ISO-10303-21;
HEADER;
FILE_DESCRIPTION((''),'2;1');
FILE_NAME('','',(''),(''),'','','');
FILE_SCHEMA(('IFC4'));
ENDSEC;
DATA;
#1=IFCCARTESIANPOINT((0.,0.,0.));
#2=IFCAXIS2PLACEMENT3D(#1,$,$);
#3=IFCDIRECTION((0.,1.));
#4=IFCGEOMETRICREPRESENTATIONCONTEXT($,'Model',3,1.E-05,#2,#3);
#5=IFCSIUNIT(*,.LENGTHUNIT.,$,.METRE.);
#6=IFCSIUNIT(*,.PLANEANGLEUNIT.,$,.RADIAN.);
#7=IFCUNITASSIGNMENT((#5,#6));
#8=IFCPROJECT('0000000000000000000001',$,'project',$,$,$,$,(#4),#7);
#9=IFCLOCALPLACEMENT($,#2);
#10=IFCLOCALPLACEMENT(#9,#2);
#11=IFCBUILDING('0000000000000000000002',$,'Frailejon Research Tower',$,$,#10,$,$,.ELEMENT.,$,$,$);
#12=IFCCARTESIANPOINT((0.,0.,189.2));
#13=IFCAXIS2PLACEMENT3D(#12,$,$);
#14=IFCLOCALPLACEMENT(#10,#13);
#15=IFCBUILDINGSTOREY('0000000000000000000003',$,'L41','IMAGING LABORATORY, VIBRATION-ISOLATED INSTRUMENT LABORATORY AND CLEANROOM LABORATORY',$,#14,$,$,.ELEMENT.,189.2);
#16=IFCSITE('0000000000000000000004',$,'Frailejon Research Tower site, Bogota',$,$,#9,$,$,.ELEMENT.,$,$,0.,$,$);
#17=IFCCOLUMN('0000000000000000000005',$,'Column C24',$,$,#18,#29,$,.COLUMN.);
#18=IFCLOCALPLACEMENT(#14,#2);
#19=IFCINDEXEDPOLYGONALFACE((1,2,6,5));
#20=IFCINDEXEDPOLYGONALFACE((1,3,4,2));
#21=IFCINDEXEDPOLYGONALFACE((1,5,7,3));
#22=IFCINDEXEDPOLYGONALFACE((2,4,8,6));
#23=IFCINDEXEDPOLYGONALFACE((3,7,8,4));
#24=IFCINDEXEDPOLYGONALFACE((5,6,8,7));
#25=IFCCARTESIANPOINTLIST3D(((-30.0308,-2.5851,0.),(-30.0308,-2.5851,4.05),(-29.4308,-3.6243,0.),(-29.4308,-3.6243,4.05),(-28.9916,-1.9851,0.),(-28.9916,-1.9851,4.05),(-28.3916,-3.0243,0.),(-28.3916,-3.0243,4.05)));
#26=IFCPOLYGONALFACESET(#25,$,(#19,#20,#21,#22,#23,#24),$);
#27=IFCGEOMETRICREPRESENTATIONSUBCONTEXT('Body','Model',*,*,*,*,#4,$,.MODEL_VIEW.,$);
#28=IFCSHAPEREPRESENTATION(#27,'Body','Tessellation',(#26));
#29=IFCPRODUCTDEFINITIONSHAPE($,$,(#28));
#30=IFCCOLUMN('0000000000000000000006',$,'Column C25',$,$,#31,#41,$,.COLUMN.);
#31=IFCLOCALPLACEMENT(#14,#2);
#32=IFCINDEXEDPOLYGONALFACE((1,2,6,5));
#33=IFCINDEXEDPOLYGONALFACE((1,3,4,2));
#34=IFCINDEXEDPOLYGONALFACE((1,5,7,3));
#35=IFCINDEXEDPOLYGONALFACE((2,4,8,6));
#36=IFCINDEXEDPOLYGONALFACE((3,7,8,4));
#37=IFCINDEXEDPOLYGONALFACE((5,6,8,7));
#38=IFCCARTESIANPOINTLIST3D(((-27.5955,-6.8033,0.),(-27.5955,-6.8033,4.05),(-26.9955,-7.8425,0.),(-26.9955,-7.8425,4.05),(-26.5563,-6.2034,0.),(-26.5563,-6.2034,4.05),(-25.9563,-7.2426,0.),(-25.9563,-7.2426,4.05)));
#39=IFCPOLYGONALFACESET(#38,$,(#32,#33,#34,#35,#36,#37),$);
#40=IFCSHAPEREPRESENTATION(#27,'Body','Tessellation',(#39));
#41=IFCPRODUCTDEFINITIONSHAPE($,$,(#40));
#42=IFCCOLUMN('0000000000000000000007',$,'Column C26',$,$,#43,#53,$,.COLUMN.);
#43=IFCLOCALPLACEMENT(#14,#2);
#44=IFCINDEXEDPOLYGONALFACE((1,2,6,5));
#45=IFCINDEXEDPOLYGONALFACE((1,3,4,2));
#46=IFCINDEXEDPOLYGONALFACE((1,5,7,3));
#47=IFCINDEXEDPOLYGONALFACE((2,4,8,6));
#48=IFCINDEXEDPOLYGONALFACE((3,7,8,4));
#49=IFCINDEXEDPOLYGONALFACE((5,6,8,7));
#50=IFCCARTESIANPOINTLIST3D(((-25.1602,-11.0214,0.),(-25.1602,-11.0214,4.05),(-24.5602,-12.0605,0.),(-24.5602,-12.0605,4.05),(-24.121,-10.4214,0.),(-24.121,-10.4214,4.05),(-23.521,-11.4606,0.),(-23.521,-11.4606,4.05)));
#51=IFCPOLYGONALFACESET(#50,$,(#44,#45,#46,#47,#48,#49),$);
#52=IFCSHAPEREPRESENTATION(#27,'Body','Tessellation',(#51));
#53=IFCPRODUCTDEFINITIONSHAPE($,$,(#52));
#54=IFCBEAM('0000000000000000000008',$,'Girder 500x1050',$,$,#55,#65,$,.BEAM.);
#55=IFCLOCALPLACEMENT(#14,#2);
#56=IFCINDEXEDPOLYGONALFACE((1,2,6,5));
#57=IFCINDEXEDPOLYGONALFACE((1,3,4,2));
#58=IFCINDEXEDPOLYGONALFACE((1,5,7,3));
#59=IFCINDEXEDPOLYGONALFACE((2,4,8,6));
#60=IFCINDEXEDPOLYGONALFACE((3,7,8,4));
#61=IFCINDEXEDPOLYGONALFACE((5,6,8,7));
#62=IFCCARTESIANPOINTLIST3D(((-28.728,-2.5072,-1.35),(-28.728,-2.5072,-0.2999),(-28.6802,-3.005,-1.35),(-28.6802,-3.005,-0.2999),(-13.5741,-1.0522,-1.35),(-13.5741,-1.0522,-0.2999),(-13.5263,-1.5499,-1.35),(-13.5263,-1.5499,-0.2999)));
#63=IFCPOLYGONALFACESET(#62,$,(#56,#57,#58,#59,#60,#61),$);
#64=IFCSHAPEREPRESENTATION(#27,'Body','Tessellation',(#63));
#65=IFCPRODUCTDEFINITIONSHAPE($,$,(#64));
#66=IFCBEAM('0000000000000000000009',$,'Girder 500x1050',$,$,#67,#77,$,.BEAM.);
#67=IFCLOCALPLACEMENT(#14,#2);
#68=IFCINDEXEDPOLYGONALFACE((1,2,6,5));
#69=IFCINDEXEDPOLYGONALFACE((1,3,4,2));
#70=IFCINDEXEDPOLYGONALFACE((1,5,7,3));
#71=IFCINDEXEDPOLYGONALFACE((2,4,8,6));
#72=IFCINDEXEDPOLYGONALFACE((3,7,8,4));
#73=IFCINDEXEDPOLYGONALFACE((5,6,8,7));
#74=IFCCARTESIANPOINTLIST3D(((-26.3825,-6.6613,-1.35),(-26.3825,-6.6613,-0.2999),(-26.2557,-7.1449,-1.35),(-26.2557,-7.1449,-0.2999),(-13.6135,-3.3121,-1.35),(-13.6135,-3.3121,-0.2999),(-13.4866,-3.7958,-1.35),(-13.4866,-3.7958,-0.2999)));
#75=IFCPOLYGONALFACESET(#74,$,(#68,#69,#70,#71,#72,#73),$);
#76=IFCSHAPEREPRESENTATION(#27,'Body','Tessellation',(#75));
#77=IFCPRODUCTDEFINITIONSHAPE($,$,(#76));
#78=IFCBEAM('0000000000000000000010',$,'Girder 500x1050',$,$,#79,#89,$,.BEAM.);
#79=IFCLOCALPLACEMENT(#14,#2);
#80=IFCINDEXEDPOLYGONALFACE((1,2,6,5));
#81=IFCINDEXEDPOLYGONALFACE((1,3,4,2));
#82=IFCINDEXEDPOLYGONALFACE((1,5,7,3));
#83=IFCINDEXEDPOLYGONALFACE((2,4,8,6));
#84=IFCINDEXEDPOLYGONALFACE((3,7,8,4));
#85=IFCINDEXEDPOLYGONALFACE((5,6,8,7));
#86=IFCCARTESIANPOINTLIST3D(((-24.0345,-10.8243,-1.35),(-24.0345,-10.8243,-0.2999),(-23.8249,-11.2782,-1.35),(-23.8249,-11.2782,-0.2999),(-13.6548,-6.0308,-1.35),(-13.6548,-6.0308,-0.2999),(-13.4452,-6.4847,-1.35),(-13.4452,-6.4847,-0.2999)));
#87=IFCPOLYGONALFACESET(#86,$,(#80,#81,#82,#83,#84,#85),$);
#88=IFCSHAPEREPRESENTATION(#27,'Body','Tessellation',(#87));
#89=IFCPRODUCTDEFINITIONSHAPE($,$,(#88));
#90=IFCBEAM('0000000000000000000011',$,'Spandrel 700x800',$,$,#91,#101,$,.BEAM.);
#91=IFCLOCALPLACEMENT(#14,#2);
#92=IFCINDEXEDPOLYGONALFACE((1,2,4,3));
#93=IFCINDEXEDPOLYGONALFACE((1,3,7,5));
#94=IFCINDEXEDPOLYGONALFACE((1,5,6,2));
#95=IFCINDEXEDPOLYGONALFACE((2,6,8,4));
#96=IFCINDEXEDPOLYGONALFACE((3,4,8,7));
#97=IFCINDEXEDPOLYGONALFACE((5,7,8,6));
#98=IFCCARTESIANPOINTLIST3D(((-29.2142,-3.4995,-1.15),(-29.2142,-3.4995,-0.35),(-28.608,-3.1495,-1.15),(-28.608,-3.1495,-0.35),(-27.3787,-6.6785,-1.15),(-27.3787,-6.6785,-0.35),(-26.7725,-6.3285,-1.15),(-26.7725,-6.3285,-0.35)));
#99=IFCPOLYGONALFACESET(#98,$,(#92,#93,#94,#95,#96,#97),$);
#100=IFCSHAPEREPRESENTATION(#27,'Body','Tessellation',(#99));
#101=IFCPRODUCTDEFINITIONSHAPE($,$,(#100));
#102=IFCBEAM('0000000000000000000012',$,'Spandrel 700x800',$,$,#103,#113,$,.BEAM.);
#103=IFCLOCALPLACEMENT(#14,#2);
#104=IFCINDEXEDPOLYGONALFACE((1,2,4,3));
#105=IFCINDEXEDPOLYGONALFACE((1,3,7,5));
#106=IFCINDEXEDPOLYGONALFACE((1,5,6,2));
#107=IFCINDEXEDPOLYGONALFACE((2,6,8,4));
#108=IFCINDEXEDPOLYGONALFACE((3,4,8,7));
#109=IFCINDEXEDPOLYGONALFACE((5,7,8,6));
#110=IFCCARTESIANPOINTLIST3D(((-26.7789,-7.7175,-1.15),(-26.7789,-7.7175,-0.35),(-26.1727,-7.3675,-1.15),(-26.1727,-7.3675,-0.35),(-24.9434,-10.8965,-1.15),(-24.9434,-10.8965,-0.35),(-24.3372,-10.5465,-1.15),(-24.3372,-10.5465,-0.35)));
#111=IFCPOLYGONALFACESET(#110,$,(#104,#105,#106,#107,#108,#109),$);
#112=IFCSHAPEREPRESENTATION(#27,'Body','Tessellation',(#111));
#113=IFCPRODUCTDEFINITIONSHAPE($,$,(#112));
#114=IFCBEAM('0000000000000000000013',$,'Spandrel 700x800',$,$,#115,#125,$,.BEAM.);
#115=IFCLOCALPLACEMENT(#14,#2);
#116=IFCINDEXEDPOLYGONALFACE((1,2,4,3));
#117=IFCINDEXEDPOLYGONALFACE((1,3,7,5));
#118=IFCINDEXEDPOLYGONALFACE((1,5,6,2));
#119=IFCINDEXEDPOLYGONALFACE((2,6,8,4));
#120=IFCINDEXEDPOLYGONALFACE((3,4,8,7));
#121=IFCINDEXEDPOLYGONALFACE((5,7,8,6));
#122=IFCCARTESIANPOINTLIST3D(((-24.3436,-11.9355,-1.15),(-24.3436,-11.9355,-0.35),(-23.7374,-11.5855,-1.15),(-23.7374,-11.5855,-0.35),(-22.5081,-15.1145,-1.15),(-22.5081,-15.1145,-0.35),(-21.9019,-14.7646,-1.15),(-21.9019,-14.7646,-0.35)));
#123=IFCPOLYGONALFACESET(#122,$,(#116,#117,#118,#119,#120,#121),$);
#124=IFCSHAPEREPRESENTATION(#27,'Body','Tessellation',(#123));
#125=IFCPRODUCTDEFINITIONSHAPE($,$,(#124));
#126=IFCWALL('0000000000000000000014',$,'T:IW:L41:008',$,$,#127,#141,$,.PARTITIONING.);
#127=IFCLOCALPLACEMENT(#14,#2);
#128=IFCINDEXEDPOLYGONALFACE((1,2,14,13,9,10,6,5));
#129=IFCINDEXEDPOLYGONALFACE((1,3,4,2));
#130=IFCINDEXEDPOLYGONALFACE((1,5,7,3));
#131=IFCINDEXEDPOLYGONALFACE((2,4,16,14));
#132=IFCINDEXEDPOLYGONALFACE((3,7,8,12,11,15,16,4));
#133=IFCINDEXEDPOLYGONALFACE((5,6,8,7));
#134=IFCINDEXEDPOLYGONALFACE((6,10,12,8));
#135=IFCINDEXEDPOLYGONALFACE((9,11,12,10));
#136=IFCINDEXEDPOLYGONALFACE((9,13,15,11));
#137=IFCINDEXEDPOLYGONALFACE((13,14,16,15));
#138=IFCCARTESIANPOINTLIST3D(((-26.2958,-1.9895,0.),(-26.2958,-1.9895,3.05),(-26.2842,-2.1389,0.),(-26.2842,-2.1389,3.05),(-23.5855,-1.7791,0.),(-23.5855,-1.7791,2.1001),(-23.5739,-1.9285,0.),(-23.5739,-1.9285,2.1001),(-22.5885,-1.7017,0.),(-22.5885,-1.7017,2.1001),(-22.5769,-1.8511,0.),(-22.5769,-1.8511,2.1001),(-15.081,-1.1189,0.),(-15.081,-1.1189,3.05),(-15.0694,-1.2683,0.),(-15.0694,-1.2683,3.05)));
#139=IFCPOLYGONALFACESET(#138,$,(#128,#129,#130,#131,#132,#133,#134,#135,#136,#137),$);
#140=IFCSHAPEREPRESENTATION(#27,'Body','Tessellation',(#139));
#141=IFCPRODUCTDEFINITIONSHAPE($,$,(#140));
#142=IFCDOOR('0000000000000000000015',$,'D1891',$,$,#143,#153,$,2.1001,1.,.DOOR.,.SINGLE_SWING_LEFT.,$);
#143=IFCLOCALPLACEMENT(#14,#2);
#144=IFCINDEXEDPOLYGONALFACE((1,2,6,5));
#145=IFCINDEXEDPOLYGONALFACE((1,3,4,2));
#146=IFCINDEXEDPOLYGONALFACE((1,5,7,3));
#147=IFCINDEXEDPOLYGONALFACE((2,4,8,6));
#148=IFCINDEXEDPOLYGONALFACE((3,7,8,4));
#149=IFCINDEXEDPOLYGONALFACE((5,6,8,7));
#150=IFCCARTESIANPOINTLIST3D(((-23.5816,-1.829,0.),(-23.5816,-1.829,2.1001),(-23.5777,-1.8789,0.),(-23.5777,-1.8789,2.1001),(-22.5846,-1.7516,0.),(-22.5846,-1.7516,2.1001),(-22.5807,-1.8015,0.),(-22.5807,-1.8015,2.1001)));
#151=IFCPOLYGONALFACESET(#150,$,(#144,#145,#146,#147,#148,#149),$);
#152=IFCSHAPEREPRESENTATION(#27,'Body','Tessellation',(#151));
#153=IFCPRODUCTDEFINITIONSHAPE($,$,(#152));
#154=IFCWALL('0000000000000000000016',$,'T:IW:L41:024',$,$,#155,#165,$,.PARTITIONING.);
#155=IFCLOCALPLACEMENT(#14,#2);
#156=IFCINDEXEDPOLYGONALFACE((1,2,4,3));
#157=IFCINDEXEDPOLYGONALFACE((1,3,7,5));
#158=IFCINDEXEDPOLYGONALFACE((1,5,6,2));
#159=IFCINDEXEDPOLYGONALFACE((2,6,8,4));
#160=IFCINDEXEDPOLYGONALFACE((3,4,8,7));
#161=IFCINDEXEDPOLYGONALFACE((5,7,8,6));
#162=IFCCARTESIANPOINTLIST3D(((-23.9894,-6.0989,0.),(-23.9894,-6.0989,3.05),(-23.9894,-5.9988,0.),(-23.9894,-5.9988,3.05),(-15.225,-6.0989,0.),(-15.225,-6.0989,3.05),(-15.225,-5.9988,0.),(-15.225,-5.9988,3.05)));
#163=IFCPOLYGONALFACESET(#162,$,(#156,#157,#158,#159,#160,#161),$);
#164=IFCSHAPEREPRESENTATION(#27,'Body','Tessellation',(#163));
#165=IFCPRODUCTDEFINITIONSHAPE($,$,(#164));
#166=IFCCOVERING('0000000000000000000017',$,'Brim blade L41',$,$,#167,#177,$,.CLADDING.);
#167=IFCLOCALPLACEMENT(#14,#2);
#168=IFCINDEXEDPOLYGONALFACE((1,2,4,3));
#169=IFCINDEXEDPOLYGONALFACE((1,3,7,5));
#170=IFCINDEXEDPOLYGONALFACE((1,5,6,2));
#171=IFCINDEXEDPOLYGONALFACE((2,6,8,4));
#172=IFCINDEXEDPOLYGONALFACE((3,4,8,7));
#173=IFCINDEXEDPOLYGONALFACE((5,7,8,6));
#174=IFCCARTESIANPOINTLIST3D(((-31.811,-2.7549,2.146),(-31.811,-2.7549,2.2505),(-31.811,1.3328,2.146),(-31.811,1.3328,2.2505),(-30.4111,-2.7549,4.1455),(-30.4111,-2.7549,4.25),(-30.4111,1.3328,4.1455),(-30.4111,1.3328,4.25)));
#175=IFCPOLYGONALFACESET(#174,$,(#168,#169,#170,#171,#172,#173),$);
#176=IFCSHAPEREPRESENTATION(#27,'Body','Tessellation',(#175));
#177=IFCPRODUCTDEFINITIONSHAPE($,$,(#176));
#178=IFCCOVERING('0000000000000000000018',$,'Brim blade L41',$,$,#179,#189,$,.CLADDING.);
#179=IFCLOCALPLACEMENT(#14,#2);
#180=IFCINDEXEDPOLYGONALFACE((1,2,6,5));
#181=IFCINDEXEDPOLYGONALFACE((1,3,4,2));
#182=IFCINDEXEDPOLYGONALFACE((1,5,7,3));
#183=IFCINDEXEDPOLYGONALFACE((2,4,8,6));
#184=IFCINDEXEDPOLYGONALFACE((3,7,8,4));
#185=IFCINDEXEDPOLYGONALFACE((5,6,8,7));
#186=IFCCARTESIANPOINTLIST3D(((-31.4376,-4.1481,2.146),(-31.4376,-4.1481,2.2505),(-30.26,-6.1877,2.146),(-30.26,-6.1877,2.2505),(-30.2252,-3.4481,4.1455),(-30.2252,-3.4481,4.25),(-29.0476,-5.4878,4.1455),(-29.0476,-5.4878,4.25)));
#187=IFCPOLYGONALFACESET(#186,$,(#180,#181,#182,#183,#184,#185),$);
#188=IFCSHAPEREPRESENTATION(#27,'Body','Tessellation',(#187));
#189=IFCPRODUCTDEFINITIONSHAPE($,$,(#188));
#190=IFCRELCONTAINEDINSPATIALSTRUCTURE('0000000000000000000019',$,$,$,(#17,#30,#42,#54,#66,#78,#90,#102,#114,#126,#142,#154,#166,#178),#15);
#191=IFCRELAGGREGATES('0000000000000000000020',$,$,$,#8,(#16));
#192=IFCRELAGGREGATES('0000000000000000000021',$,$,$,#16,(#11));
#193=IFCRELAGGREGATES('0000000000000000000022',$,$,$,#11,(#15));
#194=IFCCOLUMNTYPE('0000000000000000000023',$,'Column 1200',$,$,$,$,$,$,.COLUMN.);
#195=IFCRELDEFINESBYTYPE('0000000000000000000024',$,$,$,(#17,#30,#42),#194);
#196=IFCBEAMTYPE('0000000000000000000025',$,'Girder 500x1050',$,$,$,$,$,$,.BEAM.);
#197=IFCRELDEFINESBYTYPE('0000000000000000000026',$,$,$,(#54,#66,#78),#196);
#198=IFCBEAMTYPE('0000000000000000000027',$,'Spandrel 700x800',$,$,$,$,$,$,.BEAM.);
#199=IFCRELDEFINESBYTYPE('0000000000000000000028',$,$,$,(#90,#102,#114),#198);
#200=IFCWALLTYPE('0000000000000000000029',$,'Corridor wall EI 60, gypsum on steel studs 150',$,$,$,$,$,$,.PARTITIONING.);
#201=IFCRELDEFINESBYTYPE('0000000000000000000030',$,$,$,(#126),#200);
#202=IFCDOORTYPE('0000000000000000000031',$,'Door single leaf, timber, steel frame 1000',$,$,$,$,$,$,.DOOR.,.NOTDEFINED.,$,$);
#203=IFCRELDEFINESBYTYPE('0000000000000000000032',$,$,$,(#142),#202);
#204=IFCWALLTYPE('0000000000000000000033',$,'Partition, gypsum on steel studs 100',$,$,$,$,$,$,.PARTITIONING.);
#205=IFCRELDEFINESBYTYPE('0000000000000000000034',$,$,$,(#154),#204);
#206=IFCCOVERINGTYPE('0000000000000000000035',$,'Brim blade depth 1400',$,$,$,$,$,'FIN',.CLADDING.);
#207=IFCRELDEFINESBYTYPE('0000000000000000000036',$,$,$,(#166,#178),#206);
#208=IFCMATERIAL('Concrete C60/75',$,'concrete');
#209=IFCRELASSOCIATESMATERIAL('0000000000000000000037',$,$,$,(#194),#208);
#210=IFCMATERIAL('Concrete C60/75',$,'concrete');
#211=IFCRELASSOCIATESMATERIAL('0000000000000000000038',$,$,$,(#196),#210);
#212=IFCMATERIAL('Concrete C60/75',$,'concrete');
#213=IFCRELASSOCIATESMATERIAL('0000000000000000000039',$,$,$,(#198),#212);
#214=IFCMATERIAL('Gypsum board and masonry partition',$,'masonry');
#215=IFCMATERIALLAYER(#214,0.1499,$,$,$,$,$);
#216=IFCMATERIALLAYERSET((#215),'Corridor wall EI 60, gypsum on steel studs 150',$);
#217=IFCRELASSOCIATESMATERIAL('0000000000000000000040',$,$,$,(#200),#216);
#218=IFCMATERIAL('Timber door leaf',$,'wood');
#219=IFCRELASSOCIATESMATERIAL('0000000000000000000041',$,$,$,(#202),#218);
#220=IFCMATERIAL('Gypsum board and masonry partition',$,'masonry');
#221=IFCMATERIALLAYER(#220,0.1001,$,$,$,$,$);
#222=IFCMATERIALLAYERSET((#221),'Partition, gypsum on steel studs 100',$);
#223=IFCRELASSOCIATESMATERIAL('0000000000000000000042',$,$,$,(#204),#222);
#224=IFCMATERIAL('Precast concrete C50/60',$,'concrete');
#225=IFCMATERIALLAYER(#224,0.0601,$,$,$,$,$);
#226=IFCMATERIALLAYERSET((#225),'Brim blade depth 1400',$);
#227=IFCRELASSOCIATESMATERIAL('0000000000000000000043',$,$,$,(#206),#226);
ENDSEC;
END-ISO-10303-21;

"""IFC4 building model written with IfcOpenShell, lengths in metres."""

from ifc_helpers import new_model, si_unit, direction, frame, frame_2d, origin, origin_2d, place, context, subcontext, project, spatial, polyline, rectangle, outline, extrude, material, layer, layer_set, material_profile, profile_set, type_object, element, fill, save


model = new_model("IFC4")

# Units and contexts
model_context = context("Model", 3, precision=1e-05, world=origin(), true_north=direction((0.0, 1.0)))
body_context = subcontext(model_context, "Body", "Model", "MODEL_VIEW")
ifc_project = project(units=[si_unit("LENGTHUNIT", "METRE"), si_unit("PLANEANGLEUNIT", "RADIAN")], contexts=[model_context])

# Site, building, storey
site_placement = place(None, origin())
site = spatial("IfcSite", under=ifc_project, at=site_placement, Name="Frailejon Research Tower site, Bogota", CompositionType="ELEMENT", RefElevation=0.0)
building_placement = place(site_placement, origin())
building = spatial("IfcBuilding", under=site, at=building_placement, Name="Frailejon Research Tower", CompositionType="ELEMENT")
storey_placement = place(building_placement, frame((0.0, 0.0, 189.2)))
storey = spatial("IfcBuildingStorey", under=building, at=storey_placement, Name="L41", Description="IMAGING LABORATORY, VIBRATION-ISOLATED INSTRUMENT LABORATORY AND CLEANROOM LABORATORY", CompositionType="ELEMENT", Elevation=189.2)

# Columns
ifc_material_1 = material(Name="Concrete C60/75", Category="concrete")
ifc_material_profile_1 = material_profile(ifc_material_1, rectangle(XDim=1.2, YDim=1.2, at=origin_2d()), Name="Column 1200")
ifc_profile_set_1 = profile_set([ifc_material_profile_1], Name="Concrete C60/75")
column_type = type_object("IfcColumnType", Name="Column 1200", PredefinedType="COLUMN", material=ifc_profile_set_1)
for number, where, z_axis, x_axis, name in (
    (1, (-29.2112, -2.8047, 0.0), (0.0, 0.0, 1.0), (0.5, -0.866025, 0.0), "Column C24"),
    (2, (-26.7759, -7.0229, 0.0), (0.0, 0.0, 1.0), (0.5, -0.866025, 0.0), "Column C25"),
    (3, (-24.3406, -11.241, 0.0), (0.0, 0.0, 1.0), (0.5, -0.866025, 0.0), "Column C26"),
):
    element("IfcColumn", number, at=place(storey_placement, frame(where, z_axis=z_axis, x_axis=x_axis)), inside=storey, type_object=column_type, Name=name, PredefinedType="COLUMN", context=body_context, shape_type="SweptSolid", body=[
        extrude(rectangle(XDim=1.2, YDim=1.2, at=origin_2d()), origin(), (0.0, 0.0, 1.0), 4.05),
    ])

# Beams
ifc_material_2 = material(Name="Concrete C60/75", Category="concrete")
ifc_material_profile_2 = material_profile(ifc_material_2, rectangle(XDim=0.5, YDim=1.05, at=origin_2d()), Name="Girder 500x1050")
ifc_profile_set_2 = profile_set([ifc_material_profile_2], Name="Concrete C60/75")
beam_type_1 = type_object("IfcBeamType", Name="Girder 500x1050", PredefinedType="BEAM", material=ifc_profile_set_2)
beam_1_placement = place(storey_placement, frame((-28.7041, -2.7561, -0.825), z_axis=(0.995422, 0.095579, 0.0), x_axis=(-0.095579, 0.995422, 0.0)))
element("IfcBeam", 4, at=beam_1_placement, inside=storey, type_object=beam_type_1, Name="Girder 500x1050", PredefinedType="BEAM", context=body_context, shape_type="SweptSolid", body=[
    extrude(rectangle(XDim=0.5, YDim=1.05, at=origin_2d()), origin(), (0.0, 0.0, 1.0), 15.2236),
])
beam_2_placement = place(storey_placement, frame((-26.3191, -6.9031, -0.825), z_axis=(0.967282, 0.253703, 0.0), x_axis=(-0.253703, 0.967282, 0.0)))
element("IfcBeam", 5, at=beam_2_placement, inside=storey, type_object=beam_type_1, Name="Girder 500x1050", PredefinedType="BEAM", context=body_context, shape_type="SweptSolid", body=[
    extrude(rectangle(XDim=0.5, YDim=1.05, at=origin_2d()), origin(), (0.0, 0.0, 1.0), 13.2009),
])
beam_3_placement = place(storey_placement, frame((-23.9297, -11.0513, -0.825), z_axis=(0.907864, 0.419264, 0.0), x_axis=(-0.419264, 0.907864, 0.0)))
element("IfcBeam", 6, at=beam_3_placement, inside=storey, type_object=beam_type_1, Name="Girder 500x1050", PredefinedType="BEAM", context=body_context, shape_type="SweptSolid", body=[
    extrude(rectangle(XDim=0.5, YDim=1.05, at=origin_2d()), origin(), (0.0, 0.0, 1.0), 11.4331),
])
ifc_material_3 = material(Name="Concrete C60/75", Category="concrete")
ifc_material_profile_3 = material_profile(ifc_material_3, rectangle(XDim=0.7, YDim=0.8, at=origin_2d()), Name="Spandrel 700x800")
ifc_profile_set_3 = profile_set([ifc_material_profile_3], Name="Concrete C60/75")
beam_type_2 = type_object("IfcBeamType", Name="Spandrel 700x800", PredefinedType="BEAM", material=ifc_profile_set_3)
for number, where, z_axis, x_axis, name in (
    (7, (-28.9111, -3.3245, -0.75), (0.500016, -0.866016, 0.0), (0.866016, 0.500016, 0.0), "Spandrel 700x800"),
    (8, (-26.4758, -7.5425, -0.75), (0.500016, -0.866016, 0.0), (0.866016, 0.500016, 0.0), "Spandrel 700x800"),
    (9, (-24.0405, -11.7605, -0.75), (0.500016, -0.866016, 0.0), (0.866016, 0.500016, 0.0), "Spandrel 700x800"),
):
    element("IfcBeam", number, at=place(storey_placement, frame(where, z_axis=z_axis, x_axis=x_axis)), inside=storey, type_object=beam_type_2, Name=name, PredefinedType="BEAM", context=body_context, shape_type="SweptSolid", body=[
        extrude(rectangle(XDim=0.7, YDim=0.8, at=origin_2d()), origin(), (0.0, 0.0, 1.0), 3.6709),
    ])

# Wall, opening, door
ifc_material_4 = material(Name="Gypsum board and masonry partition", Category="masonry")
ifc_layer_1 = layer(ifc_material_4, 0.1499)
ifc_layer_set_1 = layer_set([ifc_layer_1], Name="Corridor wall EI 60, gypsum on steel studs 150")
wall_type_1 = type_object("IfcWallType", Name="Corridor wall EI 60, gypsum on steel studs 150", PredefinedType="PARTITIONING", material=ifc_layer_set_1)
wall_1_placement = place(storey_placement, frame((-26.29, -2.0642, 0.0), z_axis=(0.0, 0.0, 1.0), x_axis=(0.997, 0.077397, 0.0)))
wall_1 = element("IfcWall", 10, at=wall_1_placement, inside=storey, type_object=wall_type_1, Name="T:IW:L41:008", PredefinedType="PARTITIONING", context=body_context, shape_type="SweptSolid", body=[
    extrude(rectangle(XDim=11.2485, YDim=0.1499, at=frame_2d((5.6243, 0.0))), origin(), (0.0, 0.0, 1.0), 3.05),
])
opening_1_placement = place(wall_1_placement, frame((2.7185, 0.0, 0.0)))
opening_1 = element("IfcOpeningElement", 11, at=opening_1_placement, cuts=wall_1, PredefinedType="OPENING", context=body_context, shape_type="SweptSolid", body=[
    extrude(rectangle(XDim=1.0, YDim=2.1001, at=frame_2d((0.5, 1.05))), frame((0.0, 0.085, 0.0), z_axis=(0.0, -1.0, 0.0), x_axis=(1.0, 0.0, 0.0)), (0.0, 0.0, 1.0), 0.1699),
])
ifc_material_5 = material(Name="Timber door leaf", Category="wood")
door_type_1 = type_object("IfcDoorType", Name="Door single leaf, timber, steel frame 1000", OperationType="NOTDEFINED", PredefinedType="DOOR", material=ifc_material_5)
door_1_placement = place(opening_1_placement, origin())
door_1 = element("IfcDoor", 12, at=door_1_placement, inside=storey, type_object=door_type_1, Name="D1891", OperationType="SINGLE_SWING_LEFT", OverallHeight=2.1001, OverallWidth=1.0, PredefinedType="DOOR", context=body_context, shape_type="SweptSolid", body=[
    extrude(rectangle(XDim=1.0, YDim=2.1001, at=frame_2d((0.5, 1.05))), frame((0.0, 0.0249, 0.0), z_axis=(0.0, -1.0, 0.0), x_axis=(1.0, 0.0, 0.0)), (0.0, 0.0, 1.0), 0.05),
])
fill(opening_1, door_1)

# Wall
ifc_material_6 = material(Name="Gypsum board and masonry partition", Category="masonry")
ifc_layer_2 = layer(ifc_material_6, 0.1001)
ifc_layer_set_2 = layer_set([ifc_layer_2], Name="Partition, gypsum on steel studs 100")
wall_type_2 = type_object("IfcWallType", Name="Partition, gypsum on steel studs 100", PredefinedType="PARTITIONING", material=ifc_layer_set_2)
wall_2_placement = place(storey_placement, frame((-23.9895, -6.0488, 0.0), z_axis=(0.0, 0.0, 1.0), x_axis=(1.0, 0.0, 0.0)))
element("IfcWall", 13, at=wall_2_placement, inside=storey, type_object=wall_type_2, Name="T:IW:L41:024", PredefinedType="PARTITIONING", context=body_context, shape_type="SweptSolid", body=[
    extrude(rectangle(XDim=8.7644, YDim=0.1001, at=frame_2d((4.3823, 0.0))), origin(), (0.0, 0.0, 1.0), 3.05),
])

# Coverings
ifc_material_7 = material(Name="Precast concrete C50/60", Category="concrete")
ifc_layer_3 = layer(ifc_material_7, 0.0601)
ifc_layer_set_3 = layer_set([ifc_layer_3], Name="Brim blade depth 1400")
covering_type = type_object("IfcCoveringType", Name="Brim blade depth 1400", ElementType="FIN", PredefinedType="CLADDING", material=ifc_layer_set_3)
covering_placement = place(storey_placement, frame((-30.4111, -2.7549, 4.25), z_axis=(0.0, 1.0, 0.0), x_axis=(-1.0, 0.0, 0.0)))
element("IfcCovering", 14, at=covering_placement, inside=storey, type_object=covering_type, Name="Brim blade L41", PredefinedType="CLADDING", context=body_context, shape_type="SweptSolid", body=[
    extrude(outline(polyline([(0.0, -0.1045), (1.3999, -2.104), (1.3999, -1.9995), (0.0, 0.0), (0.0, -0.1045)])), origin(), (0.0, 0.0, 1.0), 4.0876),
])
for number, where, z_axis, x_axis, name in (
    (15, (-29.0476, -5.4878, 4.25), (-0.499997, 0.866027, 0.0), (-0.866027, -0.499997, 0.0), "Brim blade L41"),
):
    element("IfcCovering", number, at=place(storey_placement, frame(where, z_axis=z_axis, x_axis=x_axis)), inside=storey, type_object=covering_type, Name=name, PredefinedType="CLADDING", context=body_context, shape_type="SweptSolid", body=[
        extrude(outline(polyline([(0.0, -0.1045), (1.3999, -2.104), (1.3999, -1.9995), (0.0, 0.0), (0.0, -0.1045)])), origin(), (0.0, 0.0, 1.0), 2.3552),
    ])

save(model, "model.ifc")
